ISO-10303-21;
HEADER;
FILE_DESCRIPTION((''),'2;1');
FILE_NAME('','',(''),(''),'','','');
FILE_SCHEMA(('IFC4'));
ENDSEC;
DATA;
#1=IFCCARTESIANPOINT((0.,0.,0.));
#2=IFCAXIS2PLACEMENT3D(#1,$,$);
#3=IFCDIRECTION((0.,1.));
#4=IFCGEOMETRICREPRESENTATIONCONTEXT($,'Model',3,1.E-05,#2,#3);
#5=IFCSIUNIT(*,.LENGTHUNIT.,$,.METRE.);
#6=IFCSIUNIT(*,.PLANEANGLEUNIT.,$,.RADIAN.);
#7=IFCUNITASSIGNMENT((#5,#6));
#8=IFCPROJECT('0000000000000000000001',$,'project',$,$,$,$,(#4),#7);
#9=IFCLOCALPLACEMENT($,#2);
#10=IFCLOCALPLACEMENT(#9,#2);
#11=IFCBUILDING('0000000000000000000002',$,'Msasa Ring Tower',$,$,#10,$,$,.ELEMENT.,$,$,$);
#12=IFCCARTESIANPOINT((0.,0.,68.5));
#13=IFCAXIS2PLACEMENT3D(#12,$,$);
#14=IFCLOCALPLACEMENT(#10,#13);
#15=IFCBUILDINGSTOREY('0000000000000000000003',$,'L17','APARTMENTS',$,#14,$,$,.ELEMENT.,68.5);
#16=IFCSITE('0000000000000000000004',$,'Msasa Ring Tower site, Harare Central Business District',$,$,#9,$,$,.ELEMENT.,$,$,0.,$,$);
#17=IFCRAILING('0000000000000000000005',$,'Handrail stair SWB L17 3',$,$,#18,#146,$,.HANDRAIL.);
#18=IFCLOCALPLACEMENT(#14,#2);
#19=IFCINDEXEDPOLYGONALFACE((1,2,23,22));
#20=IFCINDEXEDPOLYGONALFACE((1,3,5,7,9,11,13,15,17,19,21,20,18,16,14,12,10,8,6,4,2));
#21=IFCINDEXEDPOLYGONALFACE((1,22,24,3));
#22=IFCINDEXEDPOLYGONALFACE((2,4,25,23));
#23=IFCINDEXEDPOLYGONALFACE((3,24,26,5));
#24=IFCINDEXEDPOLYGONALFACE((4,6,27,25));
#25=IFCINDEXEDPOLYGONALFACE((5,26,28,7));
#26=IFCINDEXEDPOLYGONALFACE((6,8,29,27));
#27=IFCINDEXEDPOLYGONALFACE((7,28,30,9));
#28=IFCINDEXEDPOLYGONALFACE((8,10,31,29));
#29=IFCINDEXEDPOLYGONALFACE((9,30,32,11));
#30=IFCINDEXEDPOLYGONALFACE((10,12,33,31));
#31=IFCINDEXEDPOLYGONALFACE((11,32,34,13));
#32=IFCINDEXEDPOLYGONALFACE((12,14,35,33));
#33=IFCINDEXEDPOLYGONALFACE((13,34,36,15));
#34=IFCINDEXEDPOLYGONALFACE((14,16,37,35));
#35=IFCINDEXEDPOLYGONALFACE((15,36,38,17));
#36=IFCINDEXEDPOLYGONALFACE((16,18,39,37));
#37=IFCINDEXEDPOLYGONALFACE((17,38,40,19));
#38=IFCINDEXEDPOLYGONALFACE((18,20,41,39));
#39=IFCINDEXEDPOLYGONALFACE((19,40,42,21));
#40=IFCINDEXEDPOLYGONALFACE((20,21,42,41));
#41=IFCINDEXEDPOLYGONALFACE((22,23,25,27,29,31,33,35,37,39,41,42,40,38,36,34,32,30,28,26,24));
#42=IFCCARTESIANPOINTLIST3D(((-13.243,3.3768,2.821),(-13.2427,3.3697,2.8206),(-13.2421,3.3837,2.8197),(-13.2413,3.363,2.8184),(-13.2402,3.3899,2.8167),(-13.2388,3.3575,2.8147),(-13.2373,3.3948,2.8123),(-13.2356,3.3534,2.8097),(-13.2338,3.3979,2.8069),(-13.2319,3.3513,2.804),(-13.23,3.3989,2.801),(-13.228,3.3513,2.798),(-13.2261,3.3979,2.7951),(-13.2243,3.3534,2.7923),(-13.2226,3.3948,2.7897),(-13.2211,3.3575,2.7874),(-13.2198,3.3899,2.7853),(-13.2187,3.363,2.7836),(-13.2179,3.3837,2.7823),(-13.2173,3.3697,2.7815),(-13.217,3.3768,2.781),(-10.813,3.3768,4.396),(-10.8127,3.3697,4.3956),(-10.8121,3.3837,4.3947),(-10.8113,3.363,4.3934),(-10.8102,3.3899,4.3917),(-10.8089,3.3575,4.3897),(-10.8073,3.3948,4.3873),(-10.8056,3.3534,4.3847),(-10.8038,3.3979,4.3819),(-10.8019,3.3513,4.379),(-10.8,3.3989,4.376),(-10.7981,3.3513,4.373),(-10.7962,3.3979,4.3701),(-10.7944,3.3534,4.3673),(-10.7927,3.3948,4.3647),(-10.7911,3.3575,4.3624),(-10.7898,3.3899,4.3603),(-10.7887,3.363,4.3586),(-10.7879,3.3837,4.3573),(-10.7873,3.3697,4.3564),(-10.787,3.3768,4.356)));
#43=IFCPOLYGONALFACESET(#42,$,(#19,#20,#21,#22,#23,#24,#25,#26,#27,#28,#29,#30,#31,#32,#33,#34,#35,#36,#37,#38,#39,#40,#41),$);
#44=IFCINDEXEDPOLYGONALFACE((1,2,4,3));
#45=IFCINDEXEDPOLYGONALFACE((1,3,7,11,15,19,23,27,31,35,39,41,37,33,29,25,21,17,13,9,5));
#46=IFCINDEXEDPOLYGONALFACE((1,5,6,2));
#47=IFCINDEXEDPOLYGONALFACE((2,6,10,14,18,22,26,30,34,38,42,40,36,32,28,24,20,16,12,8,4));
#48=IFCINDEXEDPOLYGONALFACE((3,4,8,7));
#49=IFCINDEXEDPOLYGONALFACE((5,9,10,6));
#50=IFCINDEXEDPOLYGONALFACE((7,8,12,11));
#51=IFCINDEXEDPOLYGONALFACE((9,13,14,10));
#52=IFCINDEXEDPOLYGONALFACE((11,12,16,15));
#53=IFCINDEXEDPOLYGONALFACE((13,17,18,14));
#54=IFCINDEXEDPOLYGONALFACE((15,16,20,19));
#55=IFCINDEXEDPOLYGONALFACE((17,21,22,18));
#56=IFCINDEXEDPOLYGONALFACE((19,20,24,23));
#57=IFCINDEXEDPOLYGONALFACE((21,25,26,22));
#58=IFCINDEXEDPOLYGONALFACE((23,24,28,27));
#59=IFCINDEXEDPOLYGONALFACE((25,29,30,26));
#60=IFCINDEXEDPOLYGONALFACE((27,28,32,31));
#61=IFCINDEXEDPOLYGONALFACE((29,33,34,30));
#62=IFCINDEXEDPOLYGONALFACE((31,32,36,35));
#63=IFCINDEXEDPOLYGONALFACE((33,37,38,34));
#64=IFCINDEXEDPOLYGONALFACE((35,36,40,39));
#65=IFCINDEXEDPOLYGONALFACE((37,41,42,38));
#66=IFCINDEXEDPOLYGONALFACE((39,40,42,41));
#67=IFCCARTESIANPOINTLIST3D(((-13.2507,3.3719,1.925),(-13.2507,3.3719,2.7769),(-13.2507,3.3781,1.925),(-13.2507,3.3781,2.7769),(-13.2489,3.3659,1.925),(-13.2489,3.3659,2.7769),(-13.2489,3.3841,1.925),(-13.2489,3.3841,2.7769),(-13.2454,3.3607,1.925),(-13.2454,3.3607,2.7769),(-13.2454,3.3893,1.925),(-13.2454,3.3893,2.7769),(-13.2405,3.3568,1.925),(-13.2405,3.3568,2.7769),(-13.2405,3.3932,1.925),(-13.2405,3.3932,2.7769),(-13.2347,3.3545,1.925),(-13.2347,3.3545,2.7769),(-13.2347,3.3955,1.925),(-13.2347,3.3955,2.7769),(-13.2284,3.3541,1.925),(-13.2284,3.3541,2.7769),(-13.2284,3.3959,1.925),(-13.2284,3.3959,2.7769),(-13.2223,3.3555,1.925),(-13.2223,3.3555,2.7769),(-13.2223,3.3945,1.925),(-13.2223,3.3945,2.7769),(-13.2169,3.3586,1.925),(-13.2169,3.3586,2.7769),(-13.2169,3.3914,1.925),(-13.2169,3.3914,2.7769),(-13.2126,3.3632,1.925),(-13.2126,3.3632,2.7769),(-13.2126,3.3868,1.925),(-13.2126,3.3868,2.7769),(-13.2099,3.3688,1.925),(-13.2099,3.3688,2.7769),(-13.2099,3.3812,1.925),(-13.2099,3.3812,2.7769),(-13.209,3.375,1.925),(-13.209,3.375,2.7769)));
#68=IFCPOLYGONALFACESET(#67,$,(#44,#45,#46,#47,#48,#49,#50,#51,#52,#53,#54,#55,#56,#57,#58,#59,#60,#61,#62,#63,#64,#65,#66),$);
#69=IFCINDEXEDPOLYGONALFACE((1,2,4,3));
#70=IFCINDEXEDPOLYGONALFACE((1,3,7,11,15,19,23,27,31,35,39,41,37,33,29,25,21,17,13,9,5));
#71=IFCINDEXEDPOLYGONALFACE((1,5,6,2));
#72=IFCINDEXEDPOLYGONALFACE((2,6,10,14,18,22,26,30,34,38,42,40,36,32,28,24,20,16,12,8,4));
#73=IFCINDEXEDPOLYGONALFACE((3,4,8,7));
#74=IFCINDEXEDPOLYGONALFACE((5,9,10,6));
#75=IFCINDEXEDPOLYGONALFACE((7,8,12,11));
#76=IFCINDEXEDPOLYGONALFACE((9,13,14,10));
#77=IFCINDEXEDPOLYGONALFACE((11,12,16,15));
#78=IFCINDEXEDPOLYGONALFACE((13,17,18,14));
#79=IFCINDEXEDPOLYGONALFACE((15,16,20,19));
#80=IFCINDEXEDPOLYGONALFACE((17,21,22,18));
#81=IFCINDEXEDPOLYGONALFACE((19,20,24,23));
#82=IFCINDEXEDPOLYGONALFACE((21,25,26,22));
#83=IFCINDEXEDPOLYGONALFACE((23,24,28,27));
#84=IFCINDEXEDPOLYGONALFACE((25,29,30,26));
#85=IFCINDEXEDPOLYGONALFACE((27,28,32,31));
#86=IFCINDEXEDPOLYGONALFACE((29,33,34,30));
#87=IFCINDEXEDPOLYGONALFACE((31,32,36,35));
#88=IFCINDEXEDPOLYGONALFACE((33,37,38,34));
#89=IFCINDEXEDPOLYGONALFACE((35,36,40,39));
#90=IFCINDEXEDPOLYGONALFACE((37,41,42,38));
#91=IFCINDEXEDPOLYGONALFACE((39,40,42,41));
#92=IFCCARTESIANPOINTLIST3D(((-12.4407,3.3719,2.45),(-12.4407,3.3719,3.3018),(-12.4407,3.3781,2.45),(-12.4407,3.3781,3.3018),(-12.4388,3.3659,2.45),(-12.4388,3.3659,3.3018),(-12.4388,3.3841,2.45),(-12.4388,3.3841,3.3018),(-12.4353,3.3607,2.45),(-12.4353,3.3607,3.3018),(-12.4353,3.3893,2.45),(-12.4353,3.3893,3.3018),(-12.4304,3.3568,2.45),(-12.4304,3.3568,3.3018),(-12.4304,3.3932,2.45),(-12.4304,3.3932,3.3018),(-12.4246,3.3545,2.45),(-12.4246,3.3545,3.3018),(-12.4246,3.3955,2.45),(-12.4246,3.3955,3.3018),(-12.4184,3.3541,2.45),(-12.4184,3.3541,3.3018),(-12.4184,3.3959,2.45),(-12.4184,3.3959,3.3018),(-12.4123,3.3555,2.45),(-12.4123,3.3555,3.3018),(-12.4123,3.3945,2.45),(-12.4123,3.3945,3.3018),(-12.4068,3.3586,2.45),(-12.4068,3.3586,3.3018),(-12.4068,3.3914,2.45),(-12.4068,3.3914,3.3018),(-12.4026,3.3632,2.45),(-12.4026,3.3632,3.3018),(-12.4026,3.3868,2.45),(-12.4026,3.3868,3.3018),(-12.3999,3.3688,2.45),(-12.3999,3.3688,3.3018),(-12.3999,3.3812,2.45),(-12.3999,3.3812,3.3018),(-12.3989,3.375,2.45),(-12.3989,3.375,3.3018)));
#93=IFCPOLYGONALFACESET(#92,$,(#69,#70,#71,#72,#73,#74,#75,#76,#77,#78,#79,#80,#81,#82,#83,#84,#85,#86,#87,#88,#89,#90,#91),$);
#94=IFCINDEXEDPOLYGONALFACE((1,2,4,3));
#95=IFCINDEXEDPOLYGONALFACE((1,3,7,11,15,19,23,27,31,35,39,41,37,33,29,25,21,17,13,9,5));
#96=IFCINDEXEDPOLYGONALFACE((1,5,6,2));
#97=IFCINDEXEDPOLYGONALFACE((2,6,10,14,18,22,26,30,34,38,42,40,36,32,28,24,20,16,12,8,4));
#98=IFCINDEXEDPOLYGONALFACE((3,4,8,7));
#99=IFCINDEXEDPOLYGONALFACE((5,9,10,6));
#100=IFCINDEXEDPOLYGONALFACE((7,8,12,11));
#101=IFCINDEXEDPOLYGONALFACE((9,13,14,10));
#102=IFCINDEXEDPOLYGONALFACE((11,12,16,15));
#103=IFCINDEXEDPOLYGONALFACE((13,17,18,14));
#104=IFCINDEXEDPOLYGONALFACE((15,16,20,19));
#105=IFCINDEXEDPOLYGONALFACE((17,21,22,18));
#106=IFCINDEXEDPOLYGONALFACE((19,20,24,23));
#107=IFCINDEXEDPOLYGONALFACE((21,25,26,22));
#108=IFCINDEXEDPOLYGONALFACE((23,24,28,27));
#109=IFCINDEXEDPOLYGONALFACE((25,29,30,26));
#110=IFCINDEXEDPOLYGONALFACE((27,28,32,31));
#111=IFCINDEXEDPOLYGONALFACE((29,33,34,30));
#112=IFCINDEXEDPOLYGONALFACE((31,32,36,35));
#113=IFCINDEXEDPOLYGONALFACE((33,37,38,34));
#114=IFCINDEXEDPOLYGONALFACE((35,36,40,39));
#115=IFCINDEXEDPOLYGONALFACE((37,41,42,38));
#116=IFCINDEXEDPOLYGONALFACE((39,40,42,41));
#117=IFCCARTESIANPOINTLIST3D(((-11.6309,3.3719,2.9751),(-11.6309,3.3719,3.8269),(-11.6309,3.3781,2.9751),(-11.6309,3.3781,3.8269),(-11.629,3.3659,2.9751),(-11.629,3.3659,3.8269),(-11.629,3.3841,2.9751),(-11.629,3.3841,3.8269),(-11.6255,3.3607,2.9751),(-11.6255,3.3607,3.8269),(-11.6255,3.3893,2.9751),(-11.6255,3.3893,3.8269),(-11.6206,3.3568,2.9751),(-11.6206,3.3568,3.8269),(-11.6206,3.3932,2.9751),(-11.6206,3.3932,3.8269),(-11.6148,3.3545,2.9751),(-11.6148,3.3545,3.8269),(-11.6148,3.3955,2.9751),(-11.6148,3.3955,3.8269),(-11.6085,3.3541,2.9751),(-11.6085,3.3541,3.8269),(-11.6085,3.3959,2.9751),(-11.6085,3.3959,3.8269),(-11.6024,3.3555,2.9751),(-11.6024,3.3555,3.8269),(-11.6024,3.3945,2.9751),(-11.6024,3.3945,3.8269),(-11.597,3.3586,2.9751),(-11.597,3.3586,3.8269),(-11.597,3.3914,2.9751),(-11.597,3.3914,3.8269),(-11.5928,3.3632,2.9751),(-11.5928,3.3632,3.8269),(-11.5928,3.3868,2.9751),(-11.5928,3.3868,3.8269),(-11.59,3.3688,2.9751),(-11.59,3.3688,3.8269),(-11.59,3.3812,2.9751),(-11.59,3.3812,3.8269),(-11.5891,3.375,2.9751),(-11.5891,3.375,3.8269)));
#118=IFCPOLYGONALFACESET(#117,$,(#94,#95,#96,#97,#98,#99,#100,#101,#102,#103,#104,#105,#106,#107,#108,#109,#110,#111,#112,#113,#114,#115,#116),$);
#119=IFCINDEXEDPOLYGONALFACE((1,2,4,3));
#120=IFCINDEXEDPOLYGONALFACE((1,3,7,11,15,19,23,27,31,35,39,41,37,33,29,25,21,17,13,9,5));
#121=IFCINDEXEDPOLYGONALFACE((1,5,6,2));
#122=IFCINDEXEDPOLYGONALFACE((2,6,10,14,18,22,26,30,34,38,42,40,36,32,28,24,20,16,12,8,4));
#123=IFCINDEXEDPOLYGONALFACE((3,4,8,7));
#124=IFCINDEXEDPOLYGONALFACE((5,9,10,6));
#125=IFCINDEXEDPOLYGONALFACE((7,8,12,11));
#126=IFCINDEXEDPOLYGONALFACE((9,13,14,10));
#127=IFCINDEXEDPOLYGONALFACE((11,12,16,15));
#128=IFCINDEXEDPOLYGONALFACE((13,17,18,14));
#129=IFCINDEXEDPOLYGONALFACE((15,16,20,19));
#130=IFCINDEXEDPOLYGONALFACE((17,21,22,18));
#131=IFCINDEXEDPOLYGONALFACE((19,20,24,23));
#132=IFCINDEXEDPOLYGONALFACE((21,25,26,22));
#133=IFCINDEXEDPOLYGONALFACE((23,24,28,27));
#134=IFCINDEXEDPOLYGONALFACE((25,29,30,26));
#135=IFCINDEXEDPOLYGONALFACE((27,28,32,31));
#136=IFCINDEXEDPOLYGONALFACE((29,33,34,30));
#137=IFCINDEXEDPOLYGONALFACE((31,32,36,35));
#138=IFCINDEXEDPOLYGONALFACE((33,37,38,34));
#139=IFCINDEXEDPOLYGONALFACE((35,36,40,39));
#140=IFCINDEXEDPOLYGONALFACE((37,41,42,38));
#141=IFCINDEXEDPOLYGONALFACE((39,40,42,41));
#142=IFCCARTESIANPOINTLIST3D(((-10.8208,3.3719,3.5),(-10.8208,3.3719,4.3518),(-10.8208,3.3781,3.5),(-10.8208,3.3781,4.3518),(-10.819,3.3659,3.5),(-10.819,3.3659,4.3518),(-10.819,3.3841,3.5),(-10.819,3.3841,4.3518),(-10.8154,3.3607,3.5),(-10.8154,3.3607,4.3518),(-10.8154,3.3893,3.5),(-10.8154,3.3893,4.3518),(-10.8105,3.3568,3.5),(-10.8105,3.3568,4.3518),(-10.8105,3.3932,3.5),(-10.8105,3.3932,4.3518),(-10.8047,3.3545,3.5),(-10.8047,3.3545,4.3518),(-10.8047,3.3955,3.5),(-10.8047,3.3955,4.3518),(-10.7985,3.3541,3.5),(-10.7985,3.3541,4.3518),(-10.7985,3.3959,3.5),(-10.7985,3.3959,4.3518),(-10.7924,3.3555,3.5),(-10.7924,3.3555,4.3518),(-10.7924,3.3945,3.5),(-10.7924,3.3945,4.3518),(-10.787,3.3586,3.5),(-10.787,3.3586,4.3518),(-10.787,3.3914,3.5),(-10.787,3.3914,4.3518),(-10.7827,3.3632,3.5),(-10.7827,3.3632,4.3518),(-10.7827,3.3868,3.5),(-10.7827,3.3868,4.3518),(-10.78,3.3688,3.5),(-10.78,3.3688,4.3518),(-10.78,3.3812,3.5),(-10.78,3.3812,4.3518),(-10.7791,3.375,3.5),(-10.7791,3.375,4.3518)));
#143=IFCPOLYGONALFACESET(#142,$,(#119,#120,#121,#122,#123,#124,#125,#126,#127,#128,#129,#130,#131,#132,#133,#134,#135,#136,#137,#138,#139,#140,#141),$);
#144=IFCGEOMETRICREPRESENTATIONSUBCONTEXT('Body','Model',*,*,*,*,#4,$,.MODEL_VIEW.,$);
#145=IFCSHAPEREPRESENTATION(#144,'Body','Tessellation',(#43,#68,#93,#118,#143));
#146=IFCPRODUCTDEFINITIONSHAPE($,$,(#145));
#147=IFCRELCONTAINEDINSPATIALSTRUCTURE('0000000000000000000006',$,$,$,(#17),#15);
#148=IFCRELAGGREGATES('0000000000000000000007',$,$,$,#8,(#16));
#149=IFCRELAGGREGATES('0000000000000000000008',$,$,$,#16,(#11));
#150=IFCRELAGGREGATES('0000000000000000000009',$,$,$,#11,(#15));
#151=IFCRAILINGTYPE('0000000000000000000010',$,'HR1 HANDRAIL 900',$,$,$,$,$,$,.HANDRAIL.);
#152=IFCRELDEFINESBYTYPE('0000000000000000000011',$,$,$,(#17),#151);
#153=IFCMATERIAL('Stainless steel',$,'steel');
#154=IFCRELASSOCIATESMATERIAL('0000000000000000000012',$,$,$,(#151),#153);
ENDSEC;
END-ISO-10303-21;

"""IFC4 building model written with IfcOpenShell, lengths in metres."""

from ifc_helpers import new_model, si_unit, direction, frame, origin, origin_2d, place, context, subcontext, project, spatial, circle, extrude, material, type_object, element, save


model = new_model("IFC4")

# Units and contexts
model_context = context("Model", 3, precision=1e-05, world=origin(), true_north=direction((0.0, 1.0)))
body_context = subcontext(model_context, "Body", "Model", "MODEL_VIEW")
ifc_project = project(units=[si_unit("LENGTHUNIT", "METRE"), si_unit("PLANEANGLEUNIT", "RADIAN")], contexts=[model_context])

# Site, building, storey
site_placement = place(None, origin())
site = spatial("IfcSite", under=ifc_project, at=site_placement, Name="Msasa Ring Tower site, Harare Central Business District", CompositionType="ELEMENT", RefElevation=0.0)
building_placement = place(site_placement, origin())
building = spatial("IfcBuilding", under=site, at=building_placement, Name="Msasa Ring Tower", CompositionType="ELEMENT")
storey_placement = place(building_placement, frame((0.0, 0.0, 68.5)))
storey = spatial("IfcBuildingStorey", under=building, at=storey_placement, Name="L17", Description="APARTMENTS", CompositionType="ELEMENT", Elevation=68.5)

# Railing
ifc_material_1 = material(Name="Stainless steel", Category="steel")
railing_type = type_object("IfcRailingType", Name="HR1 HANDRAIL 900", PredefinedType="HANDRAIL", material=ifc_material_1)
for number, where, name in (
    (1, (-13.23, 3.375, 1.925), "Handrail stair SWB L17 3"),
):
    element("IfcRailing", number, at=place(storey_placement, frame(where)), inside=storey, type_object=railing_type, Name=name, PredefinedType="HANDRAIL", context=body_context, shape_type="SweptSolid", body=[
        extrude(circle(Radius=0.0239, at=origin_2d()), frame((0.0, 0.0, 0.876), z_axis=(0.839154, 0.0, 0.543894), x_axis=(0.0, 1.0, 0.0)), (0.0, 0.0, 1.0), 2.8958),
        extrude(circle(Radius=0.021, at=origin_2d()), origin(), (0.0, 0.0, 1.0), 0.8518),
        extrude(circle(Radius=0.021, at=origin_2d()), frame((0.8101, 0.0, 0.5249)), (0.0, 0.0, 1.0), 0.8518),
        extrude(circle(Radius=0.021, at=origin_2d()), frame((1.6199, 0.0, 1.05)), (0.0, 0.0, 1.0), 0.8518),
        extrude(circle(Radius=0.021, at=origin_2d()), frame((2.4299, 0.0, 1.575)), (0.0, 0.0, 1.0), 0.8518),
    ])

save(model, "model.ifc")
